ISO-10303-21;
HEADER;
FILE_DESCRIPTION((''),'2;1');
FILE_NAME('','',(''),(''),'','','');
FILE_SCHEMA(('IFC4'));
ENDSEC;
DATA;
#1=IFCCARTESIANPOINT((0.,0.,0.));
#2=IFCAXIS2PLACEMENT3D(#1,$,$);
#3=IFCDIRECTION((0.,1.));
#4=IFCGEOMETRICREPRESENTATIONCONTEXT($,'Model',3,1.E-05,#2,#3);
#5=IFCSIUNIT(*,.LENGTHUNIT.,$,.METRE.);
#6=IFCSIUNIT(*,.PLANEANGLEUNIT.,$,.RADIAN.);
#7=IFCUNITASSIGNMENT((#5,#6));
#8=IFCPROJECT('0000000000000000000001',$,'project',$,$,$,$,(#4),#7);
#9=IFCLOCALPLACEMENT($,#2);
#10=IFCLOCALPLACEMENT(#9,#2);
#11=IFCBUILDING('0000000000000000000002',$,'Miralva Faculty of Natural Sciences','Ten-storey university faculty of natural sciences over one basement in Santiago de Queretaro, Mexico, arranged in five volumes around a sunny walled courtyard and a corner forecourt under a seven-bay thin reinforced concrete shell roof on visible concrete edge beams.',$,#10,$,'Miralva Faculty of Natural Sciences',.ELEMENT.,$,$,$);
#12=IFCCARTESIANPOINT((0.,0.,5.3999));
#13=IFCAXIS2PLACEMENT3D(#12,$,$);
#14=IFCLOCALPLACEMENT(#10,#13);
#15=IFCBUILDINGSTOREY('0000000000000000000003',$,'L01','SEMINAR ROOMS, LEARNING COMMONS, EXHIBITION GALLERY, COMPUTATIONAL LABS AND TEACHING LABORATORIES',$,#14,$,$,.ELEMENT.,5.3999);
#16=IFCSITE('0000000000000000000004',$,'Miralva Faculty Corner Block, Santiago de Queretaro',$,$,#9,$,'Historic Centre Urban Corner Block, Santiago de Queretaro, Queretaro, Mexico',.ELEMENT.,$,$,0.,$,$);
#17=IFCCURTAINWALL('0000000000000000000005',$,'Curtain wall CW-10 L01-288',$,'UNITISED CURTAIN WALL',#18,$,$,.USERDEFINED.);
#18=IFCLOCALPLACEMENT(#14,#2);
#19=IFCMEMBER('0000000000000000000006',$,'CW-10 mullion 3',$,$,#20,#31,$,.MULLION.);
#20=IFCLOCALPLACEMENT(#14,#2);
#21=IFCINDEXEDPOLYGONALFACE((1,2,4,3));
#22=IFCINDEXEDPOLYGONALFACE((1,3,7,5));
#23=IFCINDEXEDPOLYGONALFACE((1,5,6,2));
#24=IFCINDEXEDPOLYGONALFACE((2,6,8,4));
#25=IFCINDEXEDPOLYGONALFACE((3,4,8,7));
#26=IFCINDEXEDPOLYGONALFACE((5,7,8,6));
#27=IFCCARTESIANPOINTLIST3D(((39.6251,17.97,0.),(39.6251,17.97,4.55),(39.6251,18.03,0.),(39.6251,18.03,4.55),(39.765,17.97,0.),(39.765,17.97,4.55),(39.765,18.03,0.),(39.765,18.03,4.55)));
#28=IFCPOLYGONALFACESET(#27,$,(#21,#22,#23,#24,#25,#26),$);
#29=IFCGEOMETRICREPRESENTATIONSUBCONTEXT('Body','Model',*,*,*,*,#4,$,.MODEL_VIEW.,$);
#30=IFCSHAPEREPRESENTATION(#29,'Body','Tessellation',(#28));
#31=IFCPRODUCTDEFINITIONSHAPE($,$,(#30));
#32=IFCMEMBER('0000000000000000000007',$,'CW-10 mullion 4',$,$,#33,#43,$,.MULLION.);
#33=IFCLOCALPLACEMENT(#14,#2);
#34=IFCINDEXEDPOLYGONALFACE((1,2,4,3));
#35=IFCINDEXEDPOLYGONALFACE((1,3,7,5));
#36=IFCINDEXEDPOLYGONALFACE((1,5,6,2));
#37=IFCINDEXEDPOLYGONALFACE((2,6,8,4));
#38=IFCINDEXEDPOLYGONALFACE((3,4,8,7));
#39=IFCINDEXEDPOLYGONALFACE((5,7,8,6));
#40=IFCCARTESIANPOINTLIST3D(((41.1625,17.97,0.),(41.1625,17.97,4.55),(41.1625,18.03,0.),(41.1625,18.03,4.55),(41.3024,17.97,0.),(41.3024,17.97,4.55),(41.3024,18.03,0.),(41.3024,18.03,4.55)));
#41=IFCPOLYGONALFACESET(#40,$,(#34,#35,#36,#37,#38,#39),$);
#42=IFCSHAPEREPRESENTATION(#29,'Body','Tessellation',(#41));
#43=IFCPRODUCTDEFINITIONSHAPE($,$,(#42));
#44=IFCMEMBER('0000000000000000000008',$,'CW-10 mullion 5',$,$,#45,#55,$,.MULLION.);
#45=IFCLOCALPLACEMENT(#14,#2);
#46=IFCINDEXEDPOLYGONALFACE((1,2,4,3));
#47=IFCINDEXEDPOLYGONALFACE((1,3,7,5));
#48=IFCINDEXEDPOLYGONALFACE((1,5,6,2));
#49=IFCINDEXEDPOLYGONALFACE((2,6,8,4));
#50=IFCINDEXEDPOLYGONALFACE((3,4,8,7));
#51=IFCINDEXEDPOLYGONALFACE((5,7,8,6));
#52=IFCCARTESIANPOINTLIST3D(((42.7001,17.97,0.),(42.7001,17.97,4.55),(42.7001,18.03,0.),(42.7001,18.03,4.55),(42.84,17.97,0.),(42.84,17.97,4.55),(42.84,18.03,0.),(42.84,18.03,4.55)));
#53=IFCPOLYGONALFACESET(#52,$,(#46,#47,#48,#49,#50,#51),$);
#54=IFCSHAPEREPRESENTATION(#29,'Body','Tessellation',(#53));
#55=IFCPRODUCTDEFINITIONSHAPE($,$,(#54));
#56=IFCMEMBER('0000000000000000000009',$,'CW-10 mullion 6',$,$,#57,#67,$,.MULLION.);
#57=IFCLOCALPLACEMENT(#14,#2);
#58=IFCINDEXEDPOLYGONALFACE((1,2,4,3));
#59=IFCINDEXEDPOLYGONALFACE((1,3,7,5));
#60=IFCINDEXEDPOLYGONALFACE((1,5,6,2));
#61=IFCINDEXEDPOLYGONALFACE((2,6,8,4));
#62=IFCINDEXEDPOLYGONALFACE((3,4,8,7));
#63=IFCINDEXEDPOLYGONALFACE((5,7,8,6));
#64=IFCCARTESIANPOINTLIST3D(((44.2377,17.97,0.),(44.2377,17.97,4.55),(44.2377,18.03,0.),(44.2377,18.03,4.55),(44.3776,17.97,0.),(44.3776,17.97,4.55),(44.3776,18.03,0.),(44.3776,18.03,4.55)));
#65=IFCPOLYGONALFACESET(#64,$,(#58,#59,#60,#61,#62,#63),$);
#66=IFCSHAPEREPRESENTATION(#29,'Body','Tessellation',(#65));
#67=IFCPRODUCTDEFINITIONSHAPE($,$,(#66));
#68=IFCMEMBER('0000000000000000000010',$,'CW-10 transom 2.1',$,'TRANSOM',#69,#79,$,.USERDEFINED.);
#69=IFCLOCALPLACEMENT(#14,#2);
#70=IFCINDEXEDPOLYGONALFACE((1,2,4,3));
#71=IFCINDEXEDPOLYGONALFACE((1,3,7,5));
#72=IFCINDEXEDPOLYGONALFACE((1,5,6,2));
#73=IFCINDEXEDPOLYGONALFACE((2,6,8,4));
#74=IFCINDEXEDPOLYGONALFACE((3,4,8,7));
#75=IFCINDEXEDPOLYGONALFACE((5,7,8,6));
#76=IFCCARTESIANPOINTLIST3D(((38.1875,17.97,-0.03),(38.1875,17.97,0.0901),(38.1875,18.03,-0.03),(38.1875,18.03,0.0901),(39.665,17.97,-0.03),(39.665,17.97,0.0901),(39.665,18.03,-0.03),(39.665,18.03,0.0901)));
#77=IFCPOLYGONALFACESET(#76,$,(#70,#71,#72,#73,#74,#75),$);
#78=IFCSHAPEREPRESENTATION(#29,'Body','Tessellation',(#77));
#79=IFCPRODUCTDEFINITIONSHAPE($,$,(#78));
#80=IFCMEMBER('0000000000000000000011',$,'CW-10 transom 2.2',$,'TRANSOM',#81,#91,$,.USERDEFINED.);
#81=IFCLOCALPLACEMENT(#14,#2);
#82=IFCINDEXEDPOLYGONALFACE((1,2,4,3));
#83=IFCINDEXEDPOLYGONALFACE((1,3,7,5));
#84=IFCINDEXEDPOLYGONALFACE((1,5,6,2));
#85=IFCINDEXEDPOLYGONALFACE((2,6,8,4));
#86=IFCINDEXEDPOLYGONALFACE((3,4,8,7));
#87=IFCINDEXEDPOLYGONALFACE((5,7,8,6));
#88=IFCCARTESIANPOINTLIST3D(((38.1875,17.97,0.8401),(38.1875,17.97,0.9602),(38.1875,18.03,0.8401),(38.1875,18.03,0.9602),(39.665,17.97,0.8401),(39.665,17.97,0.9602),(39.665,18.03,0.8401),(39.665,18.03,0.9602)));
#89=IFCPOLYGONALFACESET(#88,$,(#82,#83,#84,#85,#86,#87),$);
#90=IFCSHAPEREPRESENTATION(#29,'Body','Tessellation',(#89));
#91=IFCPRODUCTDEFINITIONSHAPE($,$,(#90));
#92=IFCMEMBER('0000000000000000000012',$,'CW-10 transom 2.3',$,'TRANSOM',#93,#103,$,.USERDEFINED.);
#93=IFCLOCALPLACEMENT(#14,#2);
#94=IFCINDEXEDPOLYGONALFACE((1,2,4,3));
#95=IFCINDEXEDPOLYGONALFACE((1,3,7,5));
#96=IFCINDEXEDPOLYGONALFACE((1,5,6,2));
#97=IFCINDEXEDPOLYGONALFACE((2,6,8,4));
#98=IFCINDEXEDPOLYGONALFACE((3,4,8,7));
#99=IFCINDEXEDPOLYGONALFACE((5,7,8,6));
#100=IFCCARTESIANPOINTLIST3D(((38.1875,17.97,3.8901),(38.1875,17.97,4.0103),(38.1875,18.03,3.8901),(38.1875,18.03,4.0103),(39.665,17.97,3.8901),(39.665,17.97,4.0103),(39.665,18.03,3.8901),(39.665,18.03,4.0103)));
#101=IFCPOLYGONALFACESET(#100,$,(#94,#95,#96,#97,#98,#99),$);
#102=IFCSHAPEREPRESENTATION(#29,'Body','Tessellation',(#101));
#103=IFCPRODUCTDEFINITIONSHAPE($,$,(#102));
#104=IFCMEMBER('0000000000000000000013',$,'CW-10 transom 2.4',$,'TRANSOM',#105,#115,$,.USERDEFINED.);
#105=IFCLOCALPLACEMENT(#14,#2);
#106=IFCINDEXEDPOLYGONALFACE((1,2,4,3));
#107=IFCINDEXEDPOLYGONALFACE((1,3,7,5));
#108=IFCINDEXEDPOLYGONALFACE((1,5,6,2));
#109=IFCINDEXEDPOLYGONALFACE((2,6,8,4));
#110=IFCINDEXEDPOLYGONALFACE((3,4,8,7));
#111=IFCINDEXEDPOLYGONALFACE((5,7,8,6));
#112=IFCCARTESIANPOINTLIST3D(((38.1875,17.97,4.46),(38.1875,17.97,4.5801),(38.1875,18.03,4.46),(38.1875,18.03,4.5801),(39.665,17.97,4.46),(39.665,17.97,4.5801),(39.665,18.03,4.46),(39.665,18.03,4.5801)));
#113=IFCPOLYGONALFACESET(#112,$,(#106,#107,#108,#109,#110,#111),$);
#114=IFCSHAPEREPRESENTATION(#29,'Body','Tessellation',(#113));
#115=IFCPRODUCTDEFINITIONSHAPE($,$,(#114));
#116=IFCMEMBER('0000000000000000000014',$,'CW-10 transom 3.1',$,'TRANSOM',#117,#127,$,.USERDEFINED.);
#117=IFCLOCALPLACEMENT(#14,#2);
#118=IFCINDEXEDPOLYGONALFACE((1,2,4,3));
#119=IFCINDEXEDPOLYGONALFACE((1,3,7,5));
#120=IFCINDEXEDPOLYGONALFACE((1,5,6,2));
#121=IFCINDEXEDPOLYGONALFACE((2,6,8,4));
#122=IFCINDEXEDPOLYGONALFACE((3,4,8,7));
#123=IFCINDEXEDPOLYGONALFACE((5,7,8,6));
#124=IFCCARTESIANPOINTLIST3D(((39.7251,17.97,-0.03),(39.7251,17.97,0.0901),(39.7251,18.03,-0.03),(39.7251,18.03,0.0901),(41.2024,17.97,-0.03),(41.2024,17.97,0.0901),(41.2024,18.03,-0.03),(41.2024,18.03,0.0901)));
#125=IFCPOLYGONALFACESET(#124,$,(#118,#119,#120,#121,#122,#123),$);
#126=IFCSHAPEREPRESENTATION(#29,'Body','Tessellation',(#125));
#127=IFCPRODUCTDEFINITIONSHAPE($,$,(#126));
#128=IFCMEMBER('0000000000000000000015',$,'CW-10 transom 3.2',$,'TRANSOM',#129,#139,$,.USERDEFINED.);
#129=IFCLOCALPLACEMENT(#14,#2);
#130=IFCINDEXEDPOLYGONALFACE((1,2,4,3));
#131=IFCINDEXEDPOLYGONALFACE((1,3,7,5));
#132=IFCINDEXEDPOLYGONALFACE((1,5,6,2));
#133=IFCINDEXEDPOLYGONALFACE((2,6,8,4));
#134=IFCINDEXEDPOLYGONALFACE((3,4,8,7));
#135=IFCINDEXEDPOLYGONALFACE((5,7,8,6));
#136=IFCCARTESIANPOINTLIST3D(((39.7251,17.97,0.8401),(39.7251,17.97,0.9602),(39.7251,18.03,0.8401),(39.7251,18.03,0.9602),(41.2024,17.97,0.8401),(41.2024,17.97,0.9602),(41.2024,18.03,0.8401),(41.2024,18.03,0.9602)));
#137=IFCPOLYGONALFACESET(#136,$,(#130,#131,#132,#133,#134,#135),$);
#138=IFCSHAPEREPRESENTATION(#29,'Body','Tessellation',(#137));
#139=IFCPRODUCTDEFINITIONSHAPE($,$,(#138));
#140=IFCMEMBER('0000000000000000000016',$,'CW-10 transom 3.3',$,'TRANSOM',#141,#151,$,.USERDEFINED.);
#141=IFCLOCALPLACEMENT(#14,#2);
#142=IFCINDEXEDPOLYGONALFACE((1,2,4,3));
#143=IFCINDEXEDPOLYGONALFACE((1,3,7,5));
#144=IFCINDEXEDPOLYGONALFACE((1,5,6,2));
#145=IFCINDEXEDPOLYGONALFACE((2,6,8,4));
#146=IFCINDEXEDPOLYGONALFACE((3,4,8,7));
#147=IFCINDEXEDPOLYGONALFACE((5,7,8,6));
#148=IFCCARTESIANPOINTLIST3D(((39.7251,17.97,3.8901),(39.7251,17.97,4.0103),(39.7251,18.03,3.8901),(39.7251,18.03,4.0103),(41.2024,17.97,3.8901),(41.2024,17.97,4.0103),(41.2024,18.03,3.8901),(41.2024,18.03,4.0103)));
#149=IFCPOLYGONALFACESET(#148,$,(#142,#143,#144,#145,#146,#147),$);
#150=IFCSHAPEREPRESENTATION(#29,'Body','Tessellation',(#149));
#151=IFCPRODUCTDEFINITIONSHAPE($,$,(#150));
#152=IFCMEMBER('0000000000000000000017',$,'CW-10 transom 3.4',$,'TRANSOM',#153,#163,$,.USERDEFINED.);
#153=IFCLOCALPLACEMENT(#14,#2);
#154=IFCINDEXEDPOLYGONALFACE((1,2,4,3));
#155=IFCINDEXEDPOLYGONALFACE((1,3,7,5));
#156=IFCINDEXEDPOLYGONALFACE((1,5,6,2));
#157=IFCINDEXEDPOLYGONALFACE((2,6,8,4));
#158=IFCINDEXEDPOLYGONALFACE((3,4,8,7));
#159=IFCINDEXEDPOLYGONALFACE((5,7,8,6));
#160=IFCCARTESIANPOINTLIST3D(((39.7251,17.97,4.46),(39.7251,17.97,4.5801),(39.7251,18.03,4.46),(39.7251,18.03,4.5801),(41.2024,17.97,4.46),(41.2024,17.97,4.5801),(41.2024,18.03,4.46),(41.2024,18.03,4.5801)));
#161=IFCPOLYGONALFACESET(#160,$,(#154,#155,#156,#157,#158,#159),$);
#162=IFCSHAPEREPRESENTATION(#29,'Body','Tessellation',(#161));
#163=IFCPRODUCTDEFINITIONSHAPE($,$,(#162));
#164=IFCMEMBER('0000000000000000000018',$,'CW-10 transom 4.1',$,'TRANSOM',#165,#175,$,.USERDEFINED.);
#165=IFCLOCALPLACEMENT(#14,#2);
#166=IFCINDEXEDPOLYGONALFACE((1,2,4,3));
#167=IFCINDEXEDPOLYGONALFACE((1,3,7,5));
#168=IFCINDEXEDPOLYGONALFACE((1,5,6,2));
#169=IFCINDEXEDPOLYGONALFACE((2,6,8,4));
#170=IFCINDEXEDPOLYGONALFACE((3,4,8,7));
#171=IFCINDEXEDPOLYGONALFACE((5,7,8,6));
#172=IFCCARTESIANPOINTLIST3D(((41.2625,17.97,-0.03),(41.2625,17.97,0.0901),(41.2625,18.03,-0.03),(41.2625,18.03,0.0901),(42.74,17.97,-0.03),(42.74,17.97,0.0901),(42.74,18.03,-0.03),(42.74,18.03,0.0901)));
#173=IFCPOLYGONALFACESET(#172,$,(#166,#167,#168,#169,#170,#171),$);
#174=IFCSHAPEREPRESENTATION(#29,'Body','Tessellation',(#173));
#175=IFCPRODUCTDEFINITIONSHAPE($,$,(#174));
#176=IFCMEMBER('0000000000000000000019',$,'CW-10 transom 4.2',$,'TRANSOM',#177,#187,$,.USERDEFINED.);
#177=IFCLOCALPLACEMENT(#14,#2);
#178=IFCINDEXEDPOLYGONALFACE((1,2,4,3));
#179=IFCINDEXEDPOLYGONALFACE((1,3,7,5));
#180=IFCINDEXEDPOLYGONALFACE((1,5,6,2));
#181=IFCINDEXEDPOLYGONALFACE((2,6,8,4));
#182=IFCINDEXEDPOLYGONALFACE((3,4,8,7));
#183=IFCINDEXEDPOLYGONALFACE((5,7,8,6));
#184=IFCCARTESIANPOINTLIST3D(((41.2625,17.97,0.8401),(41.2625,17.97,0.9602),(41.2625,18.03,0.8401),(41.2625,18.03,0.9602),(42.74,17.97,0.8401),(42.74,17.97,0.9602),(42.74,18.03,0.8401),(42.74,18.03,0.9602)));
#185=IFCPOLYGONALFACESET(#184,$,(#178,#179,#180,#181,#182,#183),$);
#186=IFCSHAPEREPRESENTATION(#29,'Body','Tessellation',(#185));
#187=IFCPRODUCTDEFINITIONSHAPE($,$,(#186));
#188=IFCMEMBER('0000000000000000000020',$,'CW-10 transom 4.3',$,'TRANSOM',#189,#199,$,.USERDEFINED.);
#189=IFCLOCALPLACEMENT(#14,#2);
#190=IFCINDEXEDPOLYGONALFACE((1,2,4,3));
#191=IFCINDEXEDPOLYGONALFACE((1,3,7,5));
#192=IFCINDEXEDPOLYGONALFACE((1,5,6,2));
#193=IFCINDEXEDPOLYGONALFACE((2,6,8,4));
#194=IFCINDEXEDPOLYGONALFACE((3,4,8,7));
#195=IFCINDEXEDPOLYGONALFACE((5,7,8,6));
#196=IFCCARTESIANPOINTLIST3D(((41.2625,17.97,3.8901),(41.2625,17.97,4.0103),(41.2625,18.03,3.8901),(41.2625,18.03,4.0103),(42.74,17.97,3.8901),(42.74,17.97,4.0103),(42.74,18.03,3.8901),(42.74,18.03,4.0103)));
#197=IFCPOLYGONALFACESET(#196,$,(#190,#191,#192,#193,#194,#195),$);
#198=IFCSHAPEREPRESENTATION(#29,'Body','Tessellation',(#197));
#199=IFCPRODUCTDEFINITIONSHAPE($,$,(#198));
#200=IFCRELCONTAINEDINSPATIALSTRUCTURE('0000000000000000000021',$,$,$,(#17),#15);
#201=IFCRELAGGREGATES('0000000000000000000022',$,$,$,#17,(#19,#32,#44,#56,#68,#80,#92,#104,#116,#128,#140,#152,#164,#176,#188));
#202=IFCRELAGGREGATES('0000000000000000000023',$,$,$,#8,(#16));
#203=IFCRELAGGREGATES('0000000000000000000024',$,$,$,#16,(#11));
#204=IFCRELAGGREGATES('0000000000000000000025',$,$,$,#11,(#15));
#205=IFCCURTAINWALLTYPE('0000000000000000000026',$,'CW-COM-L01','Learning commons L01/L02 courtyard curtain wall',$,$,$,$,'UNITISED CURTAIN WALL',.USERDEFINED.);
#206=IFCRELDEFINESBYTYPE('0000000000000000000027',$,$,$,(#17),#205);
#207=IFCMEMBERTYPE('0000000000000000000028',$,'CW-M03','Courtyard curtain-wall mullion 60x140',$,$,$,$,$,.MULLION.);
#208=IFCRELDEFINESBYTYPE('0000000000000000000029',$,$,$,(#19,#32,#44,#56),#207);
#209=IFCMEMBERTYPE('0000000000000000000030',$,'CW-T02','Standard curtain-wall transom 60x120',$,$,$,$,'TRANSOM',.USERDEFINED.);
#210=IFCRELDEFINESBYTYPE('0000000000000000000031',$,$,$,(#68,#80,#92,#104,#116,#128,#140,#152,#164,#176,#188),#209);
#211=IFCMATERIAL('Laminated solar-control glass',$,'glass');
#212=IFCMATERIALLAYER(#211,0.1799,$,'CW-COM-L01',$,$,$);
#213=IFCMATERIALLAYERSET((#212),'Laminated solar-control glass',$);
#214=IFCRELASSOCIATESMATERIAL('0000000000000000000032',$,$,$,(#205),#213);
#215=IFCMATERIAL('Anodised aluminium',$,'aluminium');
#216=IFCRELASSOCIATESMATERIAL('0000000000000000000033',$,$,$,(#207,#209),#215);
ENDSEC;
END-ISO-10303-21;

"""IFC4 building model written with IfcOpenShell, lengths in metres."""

from ifc_helpers import new_model, si_unit, direction, frame, origin, origin_2d, place, context, subcontext, project, spatial, rectangle, extrude, material, layer, layer_set, material_profile, profile_set, type_object, element, aggregate, save


model = new_model("IFC4")

# Units and contexts
model_context = context("Model", 3, precision=1e-05, world=origin(), true_north=direction((0.0, 1.0)))
body_context = subcontext(model_context, "Body", "Model", "MODEL_VIEW")
ifc_project = project(units=[si_unit("LENGTHUNIT", "METRE"), si_unit("PLANEANGLEUNIT", "RADIAN")], contexts=[model_context])

# Site, building, storey
site_placement = place(None, origin())
site = spatial("IfcSite", under=ifc_project, at=site_placement, Name="Miralva Faculty Corner Block, Santiago de Queretaro", LongName="Historic Centre Urban Corner Block, Santiago de Queretaro, Queretaro, Mexico", CompositionType="ELEMENT", RefElevation=0.0)
building_placement = place(site_placement, origin())
building = spatial("IfcBuilding", under=site, at=building_placement, Name="Miralva Faculty of Natural Sciences", Description="Ten-storey university faculty of natural sciences over one basement in Santiago de Queretaro, Mexico, arranged in five volumes around a sunny walled courtyard and a corner forecourt under a seven-bay thin reinforced concrete shell roof on visible concrete edge beams.", LongName="Miralva Faculty of Natural Sciences", CompositionType="ELEMENT")
storey_placement = place(building_placement, frame((0.0, 0.0, 5.3999)))
storey = spatial("IfcBuildingStorey", under=building, at=storey_placement, Name="L01", Description="SEMINAR ROOMS, LEARNING COMMONS, EXHIBITION GALLERY, COMPUTATIONAL LABS AND TEACHING LABORATORIES", CompositionType="ELEMENT", Elevation=5.3999)

# Curtain wall, members
ifc_material_1 = material(Name="Laminated solar-control glass", Category="glass")
ifc_layer_1 = layer(ifc_material_1, 0.1799, Name="CW-COM-L01")
ifc_layer_set_1 = layer_set([ifc_layer_1], Name="Laminated solar-control glass")
curtain_wall_type = type_object("IfcCurtainWallType", Name="CW-COM-L01", Description="Learning commons L01/L02 courtyard curtain wall", ElementType="UNITISED CURTAIN WALL", PredefinedType="USERDEFINED", material=ifc_layer_set_1)
curtain_wall_placement = place(storey_placement, origin())
curtain_wall = element("IfcCurtainWall", 1, at=curtain_wall_placement, inside=storey, type_object=curtain_wall_type, Name="Curtain wall CW-10 L01-288", ObjectType="UNITISED CURTAIN WALL", PredefinedType="USERDEFINED")
ifc_material_2 = material(Name="Anodised aluminium", Category="aluminium")
ifc_material_profile_1 = material_profile(ifc_material_2, rectangle(XDim=0.0601, YDim=0.1399, at=origin_2d()), Name="MULLION 60x140")
ifc_profile_set_1 = profile_set([ifc_material_profile_1], Name="Anodised aluminium")
member_type_1 = type_object("IfcMemberType", Name="CW-M03", Description="Courtyard curtain-wall mullion 60x140", PredefinedType="MULLION", material=ifc_profile_set_1)
member_1_placement = place(storey_placement, frame((39.6951, 18.0, 0.0), z_axis=(0.0, 0.0, 1.0), x_axis=(0.0, 1.0, 0.0)))
member_1 = element("IfcMember", 2, at=member_1_placement, type_object=member_type_1, Name="CW-10 mullion 3", PredefinedType="MULLION", context=body_context, shape_type="SweptSolid", body=[
    extrude(rectangle(XDim=0.0601, YDim=0.1399, at=origin_2d()), origin(), (0.0, 0.0, 1.0), 4.55),
])
member_2_placement = place(storey_placement, frame((41.2324, 18.0, 0.0), z_axis=(0.0, 0.0, 1.0), x_axis=(0.0, 1.0, 0.0)))
member_2 = element("IfcMember", 3, at=member_2_placement, type_object=member_type_1, Name="CW-10 mullion 4", PredefinedType="MULLION", context=body_context, shape_type="SweptSolid", body=[
    extrude(rectangle(XDim=0.0601, YDim=0.1399, at=origin_2d()), origin(), (0.0, 0.0, 1.0), 4.55),
])
member_3_placement = place(storey_placement, frame((42.77, 18.0, 0.0), z_axis=(0.0, 0.0, 1.0), x_axis=(0.0, 1.0, 0.0)))
member_3 = element("IfcMember", 4, at=member_3_placement, type_object=member_type_1, Name="CW-10 mullion 5", PredefinedType="MULLION", context=body_context, shape_type="SweptSolid", body=[
    extrude(rectangle(XDim=0.0601, YDim=0.1399, at=origin_2d()), origin(), (0.0, 0.0, 1.0), 4.55),
])
member_4_placement = place(storey_placement, frame((44.3076, 18.0, 0.0), z_axis=(0.0, 0.0, 1.0), x_axis=(0.0, 1.0, 0.0)))
member_4 = element("IfcMember", 5, at=member_4_placement, type_object=member_type_1, Name="CW-10 mullion 6", PredefinedType="MULLION", context=body_context, shape_type="SweptSolid", body=[
    extrude(rectangle(XDim=0.0601, YDim=0.1399, at=origin_2d()), origin(), (0.0, 0.0, 1.0), 4.55),
])
ifc_material_profile_2 = material_profile(ifc_material_2, rectangle(XDim=0.0601, YDim=0.1201, at=origin_2d()), Name="TRANSOM 60x120")
ifc_profile_set_2 = profile_set([ifc_material_profile_2], Name="Anodised aluminium")
member_type_2 = type_object("IfcMemberType", Name="CW-T02", Description="Standard curtain-wall transom 60x120", ElementType="TRANSOM", PredefinedType="USERDEFINED", material=ifc_profile_set_2)
member_5_placement = place(storey_placement, frame((38.1875, 18.0, 0.03), z_axis=(1.0, 0.0, 0.0), x_axis=(0.0, 1.0, 0.0)))
member_5 = element("IfcMember", 6, at=member_5_placement, type_object=member_type_2, Name="CW-10 transom 2.1", ObjectType="TRANSOM", PredefinedType="USERDEFINED", context=body_context, shape_type="SweptSolid", body=[
    extrude(rectangle(XDim=0.0601, YDim=0.1201, at=origin_2d()), origin(), (0.0, 0.0, 1.0), 1.4775),
])
member_6_placement = place(storey_placement, frame((38.1875, 18.0, 0.9001), z_axis=(1.0, 0.0, 0.0), x_axis=(0.0, 1.0, 0.0)))
member_6 = element("IfcMember", 7, at=member_6_placement, type_object=member_type_2, Name="CW-10 transom 2.2", ObjectType="TRANSOM", PredefinedType="USERDEFINED", context=body_context, shape_type="SweptSolid", body=[
    extrude(rectangle(XDim=0.0601, YDim=0.1201, at=origin_2d()), origin(), (0.0, 0.0, 1.0), 1.4775),
])
member_7_placement = place(storey_placement, frame((38.1875, 18.0, 3.9502), z_axis=(1.0, 0.0, 0.0), x_axis=(0.0, 1.0, 0.0)))
member_7 = element("IfcMember", 8, at=member_7_placement, type_object=member_type_2, Name="CW-10 transom 2.3", ObjectType="TRANSOM", PredefinedType="USERDEFINED", context=body_context, shape_type="SweptSolid", body=[
    extrude(rectangle(XDim=0.0601, YDim=0.1201, at=origin_2d()), origin(), (0.0, 0.0, 1.0), 1.4775),
])
member_8_placement = place(storey_placement, frame((38.1875, 18.0, 4.52), z_axis=(1.0, 0.0, 0.0), x_axis=(0.0, 1.0, 0.0)))
member_8 = element("IfcMember", 9, at=member_8_placement, type_object=member_type_2, Name="CW-10 transom 2.4", ObjectType="TRANSOM", PredefinedType="USERDEFINED", context=body_context, shape_type="SweptSolid", body=[
    extrude(rectangle(XDim=0.0601, YDim=0.1201, at=origin_2d()), origin(), (0.0, 0.0, 1.0), 1.4775),
])
member_9_placement = place(storey_placement, frame((39.7251, 18.0, 0.03), z_axis=(1.0, 0.0, 0.0), x_axis=(0.0, 1.0, 0.0)))
member_9 = element("IfcMember", 10, at=member_9_placement, type_object=member_type_2, Name="CW-10 transom 3.1", ObjectType="TRANSOM", PredefinedType="USERDEFINED", context=body_context, shape_type="SweptSolid", body=[
    extrude(rectangle(XDim=0.0601, YDim=0.1201, at=origin_2d()), origin(), (0.0, 0.0, 1.0), 1.4773),
])
member_10_placement = place(storey_placement, frame((39.7251, 18.0, 0.9001), z_axis=(1.0, 0.0, 0.0), x_axis=(0.0, 1.0, 0.0)))
member_10 = element("IfcMember", 11, at=member_10_placement, type_object=member_type_2, Name="CW-10 transom 3.2", ObjectType="TRANSOM", PredefinedType="USERDEFINED", context=body_context, shape_type="SweptSolid", body=[
    extrude(rectangle(XDim=0.0601, YDim=0.1201, at=origin_2d()), origin(), (0.0, 0.0, 1.0), 1.4773),
])
member_11_placement = place(storey_placement, frame((39.7251, 18.0, 3.9502), z_axis=(1.0, 0.0, 0.0), x_axis=(0.0, 1.0, 0.0)))
member_11 = element("IfcMember", 12, at=member_11_placement, type_object=member_type_2, Name="CW-10 transom 3.3", ObjectType="TRANSOM", PredefinedType="USERDEFINED", context=body_context, shape_type="SweptSolid", body=[
    extrude(rectangle(XDim=0.0601, YDim=0.1201, at=origin_2d()), origin(), (0.0, 0.0, 1.0), 1.4773),
])
member_12_placement = place(storey_placement, frame((39.7251, 18.0, 4.52), z_axis=(1.0, 0.0, 0.0), x_axis=(0.0, 1.0, 0.0)))
member_12 = element("IfcMember", 13, at=member_12_placement, type_object=member_type_2, Name="CW-10 transom 3.4", ObjectType="TRANSOM", PredefinedType="USERDEFINED", context=body_context, shape_type="SweptSolid", body=[
    extrude(rectangle(XDim=0.0601, YDim=0.1201, at=origin_2d()), origin(), (0.0, 0.0, 1.0), 1.4773),
])
member_13_placement = place(storey_placement, frame((41.2625, 18.0, 0.03), z_axis=(1.0, 0.0, 0.0), x_axis=(0.0, 1.0, 0.0)))
member_13 = element("IfcMember", 14, at=member_13_placement, type_object=member_type_2, Name="CW-10 transom 4.1", ObjectType="TRANSOM", PredefinedType="USERDEFINED", context=body_context, shape_type="SweptSolid", body=[
    extrude(rectangle(XDim=0.0601, YDim=0.1201, at=origin_2d()), origin(), (0.0, 0.0, 1.0), 1.4775),
])
member_14_placement = place(storey_placement, frame((41.2625, 18.0, 0.9001), z_axis=(1.0, 0.0, 0.0), x_axis=(0.0, 1.0, 0.0)))
member_14 = element("IfcMember", 15, at=member_14_placement, type_object=member_type_2, Name="CW-10 transom 4.2", ObjectType="TRANSOM", PredefinedType="USERDEFINED", context=body_context, shape_type="SweptSolid", body=[
    extrude(rectangle(XDim=0.0601, YDim=0.1201, at=origin_2d()), origin(), (0.0, 0.0, 1.0), 1.4775),
])
member_15_placement = place(storey_placement, frame((41.2625, 18.0, 3.9502), z_axis=(1.0, 0.0, 0.0), x_axis=(0.0, 1.0, 0.0)))
member_15 = element("IfcMember", 16, at=member_15_placement, type_object=member_type_2, Name="CW-10 transom 4.3", ObjectType="TRANSOM", PredefinedType="USERDEFINED", context=body_context, shape_type="SweptSolid", body=[
    extrude(rectangle(XDim=0.0601, YDim=0.1201, at=origin_2d()), origin(), (0.0, 0.0, 1.0), 1.4775),
])
aggregate(curtain_wall, [member_1, member_2, member_3, member_4, member_5, member_6, member_7, member_8, member_9, member_10, member_11, member_12, member_13, member_14, member_15])

save(model, "model.ifc")
